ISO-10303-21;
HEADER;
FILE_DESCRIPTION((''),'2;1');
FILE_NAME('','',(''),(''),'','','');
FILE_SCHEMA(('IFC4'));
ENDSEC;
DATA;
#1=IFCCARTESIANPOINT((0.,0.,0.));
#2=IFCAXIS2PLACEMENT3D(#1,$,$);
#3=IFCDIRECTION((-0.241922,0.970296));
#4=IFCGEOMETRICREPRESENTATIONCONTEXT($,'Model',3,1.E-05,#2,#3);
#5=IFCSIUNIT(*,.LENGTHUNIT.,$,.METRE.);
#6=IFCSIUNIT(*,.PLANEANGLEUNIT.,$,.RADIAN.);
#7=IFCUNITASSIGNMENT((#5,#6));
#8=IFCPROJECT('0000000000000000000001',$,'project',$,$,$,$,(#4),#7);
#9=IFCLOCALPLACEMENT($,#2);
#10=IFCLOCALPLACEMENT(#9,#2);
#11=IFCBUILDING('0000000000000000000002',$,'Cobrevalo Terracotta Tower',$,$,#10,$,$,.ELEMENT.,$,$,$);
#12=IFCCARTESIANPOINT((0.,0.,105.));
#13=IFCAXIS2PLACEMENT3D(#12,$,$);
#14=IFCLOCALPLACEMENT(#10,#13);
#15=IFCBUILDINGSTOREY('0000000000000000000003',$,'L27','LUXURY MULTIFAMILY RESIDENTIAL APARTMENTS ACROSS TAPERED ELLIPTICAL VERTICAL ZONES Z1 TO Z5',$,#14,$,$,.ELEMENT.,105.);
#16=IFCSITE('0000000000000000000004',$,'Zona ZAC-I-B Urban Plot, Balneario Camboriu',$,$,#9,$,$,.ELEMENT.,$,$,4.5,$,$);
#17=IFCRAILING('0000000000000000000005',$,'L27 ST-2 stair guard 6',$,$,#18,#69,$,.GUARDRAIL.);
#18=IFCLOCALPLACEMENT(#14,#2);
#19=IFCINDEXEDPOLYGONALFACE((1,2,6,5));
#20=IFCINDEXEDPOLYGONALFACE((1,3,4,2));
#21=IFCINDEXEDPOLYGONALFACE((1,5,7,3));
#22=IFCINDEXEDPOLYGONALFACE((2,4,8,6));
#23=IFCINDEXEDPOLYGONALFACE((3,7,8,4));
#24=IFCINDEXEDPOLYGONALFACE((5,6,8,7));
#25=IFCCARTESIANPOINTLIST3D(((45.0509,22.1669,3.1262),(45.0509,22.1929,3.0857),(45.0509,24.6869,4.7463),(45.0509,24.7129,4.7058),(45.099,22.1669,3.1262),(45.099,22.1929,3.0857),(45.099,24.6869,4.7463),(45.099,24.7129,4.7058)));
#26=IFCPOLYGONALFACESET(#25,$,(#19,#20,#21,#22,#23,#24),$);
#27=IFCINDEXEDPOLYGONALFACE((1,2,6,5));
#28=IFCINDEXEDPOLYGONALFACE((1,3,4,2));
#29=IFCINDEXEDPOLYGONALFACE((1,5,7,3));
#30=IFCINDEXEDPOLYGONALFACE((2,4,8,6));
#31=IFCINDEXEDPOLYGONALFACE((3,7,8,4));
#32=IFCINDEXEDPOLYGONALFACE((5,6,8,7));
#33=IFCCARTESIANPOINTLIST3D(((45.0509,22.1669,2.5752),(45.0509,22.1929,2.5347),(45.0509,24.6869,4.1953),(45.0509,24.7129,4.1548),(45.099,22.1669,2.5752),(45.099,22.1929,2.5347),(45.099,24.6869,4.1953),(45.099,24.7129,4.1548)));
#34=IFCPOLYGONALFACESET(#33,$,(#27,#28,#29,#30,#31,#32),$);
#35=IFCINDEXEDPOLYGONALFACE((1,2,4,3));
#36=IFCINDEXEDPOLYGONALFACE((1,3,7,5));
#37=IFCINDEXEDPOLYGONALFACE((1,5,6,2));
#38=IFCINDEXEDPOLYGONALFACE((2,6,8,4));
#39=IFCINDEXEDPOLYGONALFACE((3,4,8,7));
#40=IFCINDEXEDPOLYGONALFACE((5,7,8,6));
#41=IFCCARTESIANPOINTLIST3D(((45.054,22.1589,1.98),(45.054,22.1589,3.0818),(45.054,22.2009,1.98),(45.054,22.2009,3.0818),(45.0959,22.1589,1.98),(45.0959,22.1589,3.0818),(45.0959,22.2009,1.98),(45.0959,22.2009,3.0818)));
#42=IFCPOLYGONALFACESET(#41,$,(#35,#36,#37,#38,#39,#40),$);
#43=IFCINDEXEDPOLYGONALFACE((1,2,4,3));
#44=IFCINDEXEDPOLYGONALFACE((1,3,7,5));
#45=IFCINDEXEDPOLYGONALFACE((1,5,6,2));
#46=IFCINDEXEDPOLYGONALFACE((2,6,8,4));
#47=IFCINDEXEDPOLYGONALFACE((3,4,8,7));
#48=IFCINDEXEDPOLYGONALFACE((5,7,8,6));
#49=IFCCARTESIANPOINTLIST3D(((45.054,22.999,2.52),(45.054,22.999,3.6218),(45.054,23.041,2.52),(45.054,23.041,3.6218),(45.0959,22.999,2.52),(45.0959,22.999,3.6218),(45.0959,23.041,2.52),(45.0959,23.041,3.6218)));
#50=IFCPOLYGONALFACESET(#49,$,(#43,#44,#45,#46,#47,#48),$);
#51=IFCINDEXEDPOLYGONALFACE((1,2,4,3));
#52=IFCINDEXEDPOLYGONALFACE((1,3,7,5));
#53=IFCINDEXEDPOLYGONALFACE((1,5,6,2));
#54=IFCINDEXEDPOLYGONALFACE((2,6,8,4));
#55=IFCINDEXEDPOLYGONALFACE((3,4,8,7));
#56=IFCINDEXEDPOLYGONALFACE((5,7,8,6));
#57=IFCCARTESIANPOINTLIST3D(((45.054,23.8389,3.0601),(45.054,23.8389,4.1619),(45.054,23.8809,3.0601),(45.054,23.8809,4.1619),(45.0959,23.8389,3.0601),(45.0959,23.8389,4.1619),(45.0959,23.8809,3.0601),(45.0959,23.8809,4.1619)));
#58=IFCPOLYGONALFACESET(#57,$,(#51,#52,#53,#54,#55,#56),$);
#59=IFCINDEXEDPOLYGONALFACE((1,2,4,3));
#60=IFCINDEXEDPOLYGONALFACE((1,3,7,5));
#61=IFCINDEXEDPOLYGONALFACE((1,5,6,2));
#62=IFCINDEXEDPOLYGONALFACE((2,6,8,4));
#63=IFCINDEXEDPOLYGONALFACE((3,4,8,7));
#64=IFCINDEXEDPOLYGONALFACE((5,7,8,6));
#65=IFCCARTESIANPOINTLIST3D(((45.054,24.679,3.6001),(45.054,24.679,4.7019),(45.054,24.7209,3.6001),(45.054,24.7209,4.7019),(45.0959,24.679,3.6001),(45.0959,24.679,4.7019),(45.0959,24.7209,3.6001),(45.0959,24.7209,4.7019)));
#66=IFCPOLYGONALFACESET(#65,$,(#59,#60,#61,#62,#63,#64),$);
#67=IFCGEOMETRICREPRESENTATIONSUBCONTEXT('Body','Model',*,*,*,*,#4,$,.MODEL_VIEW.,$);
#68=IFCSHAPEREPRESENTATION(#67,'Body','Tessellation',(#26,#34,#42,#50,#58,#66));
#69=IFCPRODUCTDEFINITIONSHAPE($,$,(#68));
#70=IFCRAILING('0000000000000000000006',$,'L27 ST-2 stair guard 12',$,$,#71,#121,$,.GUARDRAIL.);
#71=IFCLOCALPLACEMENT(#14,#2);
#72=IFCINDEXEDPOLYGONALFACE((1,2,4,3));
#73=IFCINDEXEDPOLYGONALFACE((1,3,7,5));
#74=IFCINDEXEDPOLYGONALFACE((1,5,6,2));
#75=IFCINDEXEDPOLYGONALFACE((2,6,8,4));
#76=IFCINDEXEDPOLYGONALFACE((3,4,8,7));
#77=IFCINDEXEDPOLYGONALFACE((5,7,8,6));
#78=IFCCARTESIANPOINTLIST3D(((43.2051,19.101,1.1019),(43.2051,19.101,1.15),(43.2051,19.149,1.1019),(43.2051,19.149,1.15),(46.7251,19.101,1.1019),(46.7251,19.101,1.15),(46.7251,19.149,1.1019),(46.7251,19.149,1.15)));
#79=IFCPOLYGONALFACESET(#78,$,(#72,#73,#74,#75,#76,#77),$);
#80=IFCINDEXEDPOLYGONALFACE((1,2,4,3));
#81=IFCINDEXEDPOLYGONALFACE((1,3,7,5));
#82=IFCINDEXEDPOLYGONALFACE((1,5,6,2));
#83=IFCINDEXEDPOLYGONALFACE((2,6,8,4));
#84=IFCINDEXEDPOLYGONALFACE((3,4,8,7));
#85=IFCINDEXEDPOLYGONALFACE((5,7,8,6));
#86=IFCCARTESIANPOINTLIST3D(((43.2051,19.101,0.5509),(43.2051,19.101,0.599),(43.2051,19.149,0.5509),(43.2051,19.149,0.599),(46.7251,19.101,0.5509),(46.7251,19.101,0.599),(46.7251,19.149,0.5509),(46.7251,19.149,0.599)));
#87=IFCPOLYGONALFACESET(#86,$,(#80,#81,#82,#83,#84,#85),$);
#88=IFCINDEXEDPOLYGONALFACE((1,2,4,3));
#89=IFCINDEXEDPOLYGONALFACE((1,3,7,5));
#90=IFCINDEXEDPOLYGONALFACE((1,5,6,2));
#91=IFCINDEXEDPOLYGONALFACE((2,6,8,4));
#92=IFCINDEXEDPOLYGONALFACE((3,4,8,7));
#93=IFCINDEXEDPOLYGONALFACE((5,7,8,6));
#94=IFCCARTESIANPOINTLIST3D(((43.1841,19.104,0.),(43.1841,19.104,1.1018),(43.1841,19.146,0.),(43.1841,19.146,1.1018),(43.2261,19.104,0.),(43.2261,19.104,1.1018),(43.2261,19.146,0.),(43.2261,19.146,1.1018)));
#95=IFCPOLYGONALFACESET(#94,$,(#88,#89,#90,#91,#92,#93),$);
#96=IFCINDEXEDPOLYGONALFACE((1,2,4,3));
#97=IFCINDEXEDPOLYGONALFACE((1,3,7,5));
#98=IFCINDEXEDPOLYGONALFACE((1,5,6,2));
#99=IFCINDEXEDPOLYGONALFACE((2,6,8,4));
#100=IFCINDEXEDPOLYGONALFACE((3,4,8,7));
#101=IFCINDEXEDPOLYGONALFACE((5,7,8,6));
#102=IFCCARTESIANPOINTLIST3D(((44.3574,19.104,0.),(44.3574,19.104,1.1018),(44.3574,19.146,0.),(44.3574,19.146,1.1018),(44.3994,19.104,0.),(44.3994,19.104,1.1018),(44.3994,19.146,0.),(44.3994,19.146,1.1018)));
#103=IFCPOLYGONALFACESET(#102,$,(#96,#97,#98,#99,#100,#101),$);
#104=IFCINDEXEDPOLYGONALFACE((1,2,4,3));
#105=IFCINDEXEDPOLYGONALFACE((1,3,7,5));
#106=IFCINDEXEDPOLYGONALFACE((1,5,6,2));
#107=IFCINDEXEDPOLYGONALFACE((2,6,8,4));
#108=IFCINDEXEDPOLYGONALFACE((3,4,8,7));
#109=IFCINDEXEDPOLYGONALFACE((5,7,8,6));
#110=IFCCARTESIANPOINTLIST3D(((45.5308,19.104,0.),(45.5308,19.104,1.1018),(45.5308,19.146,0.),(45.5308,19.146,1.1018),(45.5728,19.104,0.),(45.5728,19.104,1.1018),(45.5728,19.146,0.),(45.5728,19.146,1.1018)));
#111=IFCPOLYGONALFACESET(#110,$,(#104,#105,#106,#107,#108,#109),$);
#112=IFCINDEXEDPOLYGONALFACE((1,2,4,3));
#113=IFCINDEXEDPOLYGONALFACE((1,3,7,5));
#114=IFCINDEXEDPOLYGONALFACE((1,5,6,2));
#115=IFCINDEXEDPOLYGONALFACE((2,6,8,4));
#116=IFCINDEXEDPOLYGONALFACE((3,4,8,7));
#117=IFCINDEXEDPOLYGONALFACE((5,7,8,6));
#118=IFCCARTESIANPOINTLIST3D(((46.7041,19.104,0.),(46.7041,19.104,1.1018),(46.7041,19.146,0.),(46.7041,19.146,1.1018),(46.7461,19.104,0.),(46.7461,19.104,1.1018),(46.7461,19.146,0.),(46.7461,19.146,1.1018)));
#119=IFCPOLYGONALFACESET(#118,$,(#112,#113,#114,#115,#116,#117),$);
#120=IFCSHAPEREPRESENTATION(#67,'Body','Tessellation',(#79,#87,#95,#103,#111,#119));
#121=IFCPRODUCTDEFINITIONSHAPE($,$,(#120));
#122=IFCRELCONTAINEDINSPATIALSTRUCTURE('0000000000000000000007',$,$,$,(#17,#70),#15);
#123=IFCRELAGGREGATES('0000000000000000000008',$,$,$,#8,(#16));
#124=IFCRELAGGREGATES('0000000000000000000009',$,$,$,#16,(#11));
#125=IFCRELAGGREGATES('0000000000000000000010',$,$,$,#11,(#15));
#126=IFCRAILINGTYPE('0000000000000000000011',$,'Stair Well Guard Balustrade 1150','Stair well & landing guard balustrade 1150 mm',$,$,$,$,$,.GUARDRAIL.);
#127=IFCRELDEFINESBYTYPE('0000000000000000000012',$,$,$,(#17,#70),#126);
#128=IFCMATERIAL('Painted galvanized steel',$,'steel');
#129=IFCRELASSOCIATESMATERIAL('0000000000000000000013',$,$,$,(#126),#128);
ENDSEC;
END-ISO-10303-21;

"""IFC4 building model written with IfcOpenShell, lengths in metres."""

from ifc_helpers import new_model, si_unit, direction, frame, origin, origin_2d, place, context, subcontext, project, spatial, rectangle, extrude, material, type_object, element, save


model = new_model("IFC4")

# Units and contexts
model_context = context("Model", 3, precision=1e-05, world=origin(), true_north=direction((-0.241922, 0.970296)))
body_context = subcontext(model_context, "Body", "Model", "MODEL_VIEW")
ifc_project = project(units=[si_unit("LENGTHUNIT", "METRE"), si_unit("PLANEANGLEUNIT", "RADIAN")], contexts=[model_context])

# Site, building, storey
site_placement = place(None, origin())
site = spatial("IfcSite", under=ifc_project, at=site_placement, Name="Zona ZAC-I-B Urban Plot, Balneario Camboriu", CompositionType="ELEMENT", RefElevation=4.5)
building_placement = place(site_placement, origin())
building = spatial("IfcBuilding", under=site, at=building_placement, Name="Cobrevalo Terracotta Tower", CompositionType="ELEMENT")
storey_placement = place(building_placement, frame((0.0, 0.0, 105.0)))
storey = spatial("IfcBuildingStorey", under=building, at=storey_placement, Name="L27", Description="LUXURY MULTIFAMILY RESIDENTIAL APARTMENTS ACROSS TAPERED ELLIPTICAL VERTICAL ZONES Z1 TO Z5", CompositionType="ELEMENT", Elevation=105.0)

# Railings
ifc_material_1 = material(Name="Painted galvanized steel", Category="steel")
railing_type_1 = type_object("IfcRailingType", Name="Stair Well Guard Balustrade 1150", Description="Stair well & landing guard balustrade 1150 mm", PredefinedType="GUARDRAIL", material=ifc_material_1)
railing_1_placement = place(storey_placement, frame((45.075, 22.1799, 1.98)))
element("IfcRailing", 1, at=railing_1_placement, inside=storey, type_object=railing_type_1, Name="L27 ST-2 stair guard 6", PredefinedType="GUARDRAIL", context=body_context, shape_type="SweptSolid", body=[
    extrude(rectangle(XDim=0.0481, YDim=0.0481, at=origin_2d()), frame((0.0, 0.0, 1.126), z_axis=(0.0, 0.841163, 0.540782), x_axis=(-1.0, 0.0, 0.0)), (0.0, 0.0, 1.0), 2.9958),
    extrude(rectangle(XDim=0.0481, YDim=0.0481, at=origin_2d()), frame((0.0, 0.0, 0.575), z_axis=(0.0, 0.841163, 0.540782), x_axis=(-1.0, 0.0, 0.0)), (0.0, 0.0, 1.0), 2.9958),
    extrude(rectangle(XDim=0.042, YDim=0.042, at=origin_2d()), origin(), (0.0, 0.0, 1.0), 1.1018),
    extrude(rectangle(XDim=0.042, YDim=0.042, at=origin_2d()), frame((0.0, 0.8401, 0.54)), (0.0, 0.0, 1.0), 1.1018),
    extrude(rectangle(XDim=0.042, YDim=0.042, at=origin_2d()), frame((0.0, 1.6799, 1.0801)), (0.0, 0.0, 1.0), 1.1018),
    extrude(rectangle(XDim=0.042, YDim=0.042, at=origin_2d()), frame((0.0, 2.52, 1.6201)), (0.0, 0.0, 1.0), 1.1018),
])
railing_2_placement = place(storey_placement, frame((43.2051, 19.125, 0.0)))
element("IfcRailing", 2, at=railing_2_placement, inside=storey, type_object=railing_type_1, Name="L27 ST-2 stair guard 12", PredefinedType="GUARDRAIL", context=body_context, shape_type="SweptSolid", body=[
    extrude(rectangle(XDim=0.0481, YDim=0.0481, at=origin_2d()), frame((0.0, 0.0, 1.126), z_axis=(1.0, 0.0, 0.0), x_axis=(0.0, 1.0, 0.0)), (0.0, 0.0, 1.0), 3.52),
    extrude(rectangle(XDim=0.0481, YDim=0.0481, at=origin_2d()), frame((0.0, 0.0, 0.575), z_axis=(1.0, 0.0, 0.0), x_axis=(0.0, 1.0, 0.0)), (0.0, 0.0, 1.0), 3.52),
    extrude(rectangle(XDim=0.042, YDim=0.042, at=origin_2d()), origin(), (0.0, 0.0, 1.0), 1.1018),
    extrude(rectangle(XDim=0.042, YDim=0.042, at=origin_2d()), frame((1.1733, 0.0, 0.0)), (0.0, 0.0, 1.0), 1.1018),
    extrude(rectangle(XDim=0.042, YDim=0.042, at=origin_2d()), frame((2.3467, 0.0, 0.0)), (0.0, 0.0, 1.0), 1.1018),
    extrude(rectangle(XDim=0.042, YDim=0.042, at=origin_2d()), frame((3.52, 0.0, 0.0)), (0.0, 0.0, 1.0), 1.1018),
])

save(model, "model.ifc")
